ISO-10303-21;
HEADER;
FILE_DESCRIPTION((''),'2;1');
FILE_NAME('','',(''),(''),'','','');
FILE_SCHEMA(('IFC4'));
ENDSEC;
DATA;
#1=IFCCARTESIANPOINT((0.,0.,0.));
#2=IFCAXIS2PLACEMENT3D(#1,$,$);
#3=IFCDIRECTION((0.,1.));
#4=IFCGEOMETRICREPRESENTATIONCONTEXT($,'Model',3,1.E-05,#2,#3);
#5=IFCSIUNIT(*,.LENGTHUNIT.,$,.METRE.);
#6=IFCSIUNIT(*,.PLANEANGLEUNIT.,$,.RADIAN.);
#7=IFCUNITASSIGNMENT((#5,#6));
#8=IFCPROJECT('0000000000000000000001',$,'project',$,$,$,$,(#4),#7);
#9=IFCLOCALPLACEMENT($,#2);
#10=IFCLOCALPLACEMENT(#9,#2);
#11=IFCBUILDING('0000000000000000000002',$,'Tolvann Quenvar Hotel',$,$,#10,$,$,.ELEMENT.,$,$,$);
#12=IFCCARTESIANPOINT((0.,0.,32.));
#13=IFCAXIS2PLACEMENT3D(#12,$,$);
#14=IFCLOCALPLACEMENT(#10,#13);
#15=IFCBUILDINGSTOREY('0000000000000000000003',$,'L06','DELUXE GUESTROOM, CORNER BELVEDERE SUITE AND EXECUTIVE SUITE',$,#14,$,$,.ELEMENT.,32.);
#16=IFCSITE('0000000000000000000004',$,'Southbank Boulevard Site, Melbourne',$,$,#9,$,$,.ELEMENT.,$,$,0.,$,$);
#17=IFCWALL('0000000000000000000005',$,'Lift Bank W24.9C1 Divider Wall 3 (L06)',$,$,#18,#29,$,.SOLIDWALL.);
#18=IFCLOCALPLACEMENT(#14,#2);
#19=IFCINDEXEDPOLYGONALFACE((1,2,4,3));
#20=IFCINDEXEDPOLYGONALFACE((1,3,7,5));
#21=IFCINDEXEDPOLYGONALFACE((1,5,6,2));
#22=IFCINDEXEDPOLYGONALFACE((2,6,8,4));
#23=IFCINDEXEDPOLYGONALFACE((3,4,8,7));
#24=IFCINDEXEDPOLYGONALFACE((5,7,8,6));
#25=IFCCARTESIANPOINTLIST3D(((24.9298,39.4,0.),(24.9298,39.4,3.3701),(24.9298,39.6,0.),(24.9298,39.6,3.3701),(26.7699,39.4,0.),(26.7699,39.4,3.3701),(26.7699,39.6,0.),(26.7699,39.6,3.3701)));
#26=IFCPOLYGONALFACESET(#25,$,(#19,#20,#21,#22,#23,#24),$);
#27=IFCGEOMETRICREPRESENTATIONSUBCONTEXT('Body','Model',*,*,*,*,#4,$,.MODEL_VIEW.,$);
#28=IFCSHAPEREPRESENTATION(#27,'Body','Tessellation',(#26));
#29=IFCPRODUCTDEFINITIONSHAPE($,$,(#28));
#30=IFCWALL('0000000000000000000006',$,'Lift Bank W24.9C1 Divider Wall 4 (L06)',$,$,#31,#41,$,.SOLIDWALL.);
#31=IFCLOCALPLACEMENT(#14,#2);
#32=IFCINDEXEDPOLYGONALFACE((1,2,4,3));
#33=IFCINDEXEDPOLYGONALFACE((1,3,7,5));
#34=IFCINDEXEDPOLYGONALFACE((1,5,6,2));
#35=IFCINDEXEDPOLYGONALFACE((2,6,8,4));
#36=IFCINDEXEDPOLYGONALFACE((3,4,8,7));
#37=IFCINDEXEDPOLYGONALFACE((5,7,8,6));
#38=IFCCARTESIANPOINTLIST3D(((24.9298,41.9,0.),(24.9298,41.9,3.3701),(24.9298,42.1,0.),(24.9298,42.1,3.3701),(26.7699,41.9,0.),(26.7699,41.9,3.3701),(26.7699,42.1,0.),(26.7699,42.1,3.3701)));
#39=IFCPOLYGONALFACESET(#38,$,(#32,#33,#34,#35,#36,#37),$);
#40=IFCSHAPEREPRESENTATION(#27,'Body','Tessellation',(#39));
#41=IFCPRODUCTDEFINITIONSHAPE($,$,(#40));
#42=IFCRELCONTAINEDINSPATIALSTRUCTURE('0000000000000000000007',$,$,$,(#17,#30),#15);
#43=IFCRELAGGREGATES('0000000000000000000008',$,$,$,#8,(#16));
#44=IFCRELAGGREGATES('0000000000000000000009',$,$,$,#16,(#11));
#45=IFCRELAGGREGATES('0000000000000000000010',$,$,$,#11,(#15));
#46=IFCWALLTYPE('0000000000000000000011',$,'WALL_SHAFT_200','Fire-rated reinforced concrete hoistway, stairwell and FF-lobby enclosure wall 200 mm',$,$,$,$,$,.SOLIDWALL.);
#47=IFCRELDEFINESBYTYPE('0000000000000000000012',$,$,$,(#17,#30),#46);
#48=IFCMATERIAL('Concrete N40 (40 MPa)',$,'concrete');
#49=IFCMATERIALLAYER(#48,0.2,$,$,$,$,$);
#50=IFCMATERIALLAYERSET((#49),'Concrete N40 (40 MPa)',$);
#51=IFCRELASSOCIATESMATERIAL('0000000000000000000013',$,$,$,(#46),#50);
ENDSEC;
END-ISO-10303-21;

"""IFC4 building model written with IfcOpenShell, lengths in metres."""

from ifc_helpers import new_model, si_unit, direction, frame, frame_2d, origin, place, context, subcontext, project, spatial, rectangle, extrude, material, layer, layer_set, type_object, element, save


model = new_model("IFC4")

# Units and contexts
model_context = context("Model", 3, precision=1e-05, world=origin(), true_north=direction((0.0, 1.0)))
body_context = subcontext(model_context, "Body", "Model", "MODEL_VIEW")
ifc_project = project(units=[si_unit("LENGTHUNIT", "METRE"), si_unit("PLANEANGLEUNIT", "RADIAN")], contexts=[model_context])

# Site, building, storey
site_placement = place(None, origin())
site = spatial("IfcSite", under=ifc_project, at=site_placement, Name="Southbank Boulevard Site, Melbourne", CompositionType="ELEMENT", RefElevation=0.0)
building_placement = place(site_placement, origin())
building = spatial("IfcBuilding", under=site, at=building_placement, Name="Tolvann Quenvar Hotel", CompositionType="ELEMENT")
storey_placement = place(building_placement, frame((0.0, 0.0, 32.0)))
storey = spatial("IfcBuildingStorey", under=building, at=storey_placement, Name="L06", Description="DELUXE GUESTROOM, CORNER BELVEDERE SUITE AND EXECUTIVE SUITE", CompositionType="ELEMENT", Elevation=32.0)

# Shared definitions
ifc_material_1 = material(Name="Concrete N40 (40 MPa)", Category="concrete")
ifc_layer_1 = layer(ifc_material_1, 0.2)
ifc_layer_set_1 = layer_set([ifc_layer_1], Name="Concrete N40 (40 MPa)")
wall_type_1 = type_object("IfcWallType", Name="WALL_SHAFT_200", Description="Fire-rated reinforced concrete hoistway, stairwell and FF-lobby enclosure wall 200 mm", PredefinedType="SOLIDWALL", material=ifc_layer_set_1)

# Walls
for number, where, z_axis, x_axis, name in (
    (1, (24.9299, 39.5, 0.0), (0.0, 0.0, 1.0), (1.0, 0.0, 0.0), "Lift Bank W24.9C1 Divider Wall 3 (L06)"),
    (2, (24.9299, 42.0, 0.0), (0.0, 0.0, 1.0), (1.0, 0.0, 0.0), "Lift Bank W24.9C1 Divider Wall 4 (L06)"),
):
    element("IfcWall", number, at=place(storey_placement, frame(where, z_axis=z_axis, x_axis=x_axis)), inside=storey, type_object=wall_type_1, Name=name, PredefinedType="SOLIDWALL", context=body_context, shape_type="SweptSolid", body=[
        extrude(rectangle(XDim=1.8401, YDim=0.2, at=frame_2d((0.9199, 0.0))), origin(), (0.0, 0.0, 1.0), 3.3701),
    ])

save(model, "model.ifc")
